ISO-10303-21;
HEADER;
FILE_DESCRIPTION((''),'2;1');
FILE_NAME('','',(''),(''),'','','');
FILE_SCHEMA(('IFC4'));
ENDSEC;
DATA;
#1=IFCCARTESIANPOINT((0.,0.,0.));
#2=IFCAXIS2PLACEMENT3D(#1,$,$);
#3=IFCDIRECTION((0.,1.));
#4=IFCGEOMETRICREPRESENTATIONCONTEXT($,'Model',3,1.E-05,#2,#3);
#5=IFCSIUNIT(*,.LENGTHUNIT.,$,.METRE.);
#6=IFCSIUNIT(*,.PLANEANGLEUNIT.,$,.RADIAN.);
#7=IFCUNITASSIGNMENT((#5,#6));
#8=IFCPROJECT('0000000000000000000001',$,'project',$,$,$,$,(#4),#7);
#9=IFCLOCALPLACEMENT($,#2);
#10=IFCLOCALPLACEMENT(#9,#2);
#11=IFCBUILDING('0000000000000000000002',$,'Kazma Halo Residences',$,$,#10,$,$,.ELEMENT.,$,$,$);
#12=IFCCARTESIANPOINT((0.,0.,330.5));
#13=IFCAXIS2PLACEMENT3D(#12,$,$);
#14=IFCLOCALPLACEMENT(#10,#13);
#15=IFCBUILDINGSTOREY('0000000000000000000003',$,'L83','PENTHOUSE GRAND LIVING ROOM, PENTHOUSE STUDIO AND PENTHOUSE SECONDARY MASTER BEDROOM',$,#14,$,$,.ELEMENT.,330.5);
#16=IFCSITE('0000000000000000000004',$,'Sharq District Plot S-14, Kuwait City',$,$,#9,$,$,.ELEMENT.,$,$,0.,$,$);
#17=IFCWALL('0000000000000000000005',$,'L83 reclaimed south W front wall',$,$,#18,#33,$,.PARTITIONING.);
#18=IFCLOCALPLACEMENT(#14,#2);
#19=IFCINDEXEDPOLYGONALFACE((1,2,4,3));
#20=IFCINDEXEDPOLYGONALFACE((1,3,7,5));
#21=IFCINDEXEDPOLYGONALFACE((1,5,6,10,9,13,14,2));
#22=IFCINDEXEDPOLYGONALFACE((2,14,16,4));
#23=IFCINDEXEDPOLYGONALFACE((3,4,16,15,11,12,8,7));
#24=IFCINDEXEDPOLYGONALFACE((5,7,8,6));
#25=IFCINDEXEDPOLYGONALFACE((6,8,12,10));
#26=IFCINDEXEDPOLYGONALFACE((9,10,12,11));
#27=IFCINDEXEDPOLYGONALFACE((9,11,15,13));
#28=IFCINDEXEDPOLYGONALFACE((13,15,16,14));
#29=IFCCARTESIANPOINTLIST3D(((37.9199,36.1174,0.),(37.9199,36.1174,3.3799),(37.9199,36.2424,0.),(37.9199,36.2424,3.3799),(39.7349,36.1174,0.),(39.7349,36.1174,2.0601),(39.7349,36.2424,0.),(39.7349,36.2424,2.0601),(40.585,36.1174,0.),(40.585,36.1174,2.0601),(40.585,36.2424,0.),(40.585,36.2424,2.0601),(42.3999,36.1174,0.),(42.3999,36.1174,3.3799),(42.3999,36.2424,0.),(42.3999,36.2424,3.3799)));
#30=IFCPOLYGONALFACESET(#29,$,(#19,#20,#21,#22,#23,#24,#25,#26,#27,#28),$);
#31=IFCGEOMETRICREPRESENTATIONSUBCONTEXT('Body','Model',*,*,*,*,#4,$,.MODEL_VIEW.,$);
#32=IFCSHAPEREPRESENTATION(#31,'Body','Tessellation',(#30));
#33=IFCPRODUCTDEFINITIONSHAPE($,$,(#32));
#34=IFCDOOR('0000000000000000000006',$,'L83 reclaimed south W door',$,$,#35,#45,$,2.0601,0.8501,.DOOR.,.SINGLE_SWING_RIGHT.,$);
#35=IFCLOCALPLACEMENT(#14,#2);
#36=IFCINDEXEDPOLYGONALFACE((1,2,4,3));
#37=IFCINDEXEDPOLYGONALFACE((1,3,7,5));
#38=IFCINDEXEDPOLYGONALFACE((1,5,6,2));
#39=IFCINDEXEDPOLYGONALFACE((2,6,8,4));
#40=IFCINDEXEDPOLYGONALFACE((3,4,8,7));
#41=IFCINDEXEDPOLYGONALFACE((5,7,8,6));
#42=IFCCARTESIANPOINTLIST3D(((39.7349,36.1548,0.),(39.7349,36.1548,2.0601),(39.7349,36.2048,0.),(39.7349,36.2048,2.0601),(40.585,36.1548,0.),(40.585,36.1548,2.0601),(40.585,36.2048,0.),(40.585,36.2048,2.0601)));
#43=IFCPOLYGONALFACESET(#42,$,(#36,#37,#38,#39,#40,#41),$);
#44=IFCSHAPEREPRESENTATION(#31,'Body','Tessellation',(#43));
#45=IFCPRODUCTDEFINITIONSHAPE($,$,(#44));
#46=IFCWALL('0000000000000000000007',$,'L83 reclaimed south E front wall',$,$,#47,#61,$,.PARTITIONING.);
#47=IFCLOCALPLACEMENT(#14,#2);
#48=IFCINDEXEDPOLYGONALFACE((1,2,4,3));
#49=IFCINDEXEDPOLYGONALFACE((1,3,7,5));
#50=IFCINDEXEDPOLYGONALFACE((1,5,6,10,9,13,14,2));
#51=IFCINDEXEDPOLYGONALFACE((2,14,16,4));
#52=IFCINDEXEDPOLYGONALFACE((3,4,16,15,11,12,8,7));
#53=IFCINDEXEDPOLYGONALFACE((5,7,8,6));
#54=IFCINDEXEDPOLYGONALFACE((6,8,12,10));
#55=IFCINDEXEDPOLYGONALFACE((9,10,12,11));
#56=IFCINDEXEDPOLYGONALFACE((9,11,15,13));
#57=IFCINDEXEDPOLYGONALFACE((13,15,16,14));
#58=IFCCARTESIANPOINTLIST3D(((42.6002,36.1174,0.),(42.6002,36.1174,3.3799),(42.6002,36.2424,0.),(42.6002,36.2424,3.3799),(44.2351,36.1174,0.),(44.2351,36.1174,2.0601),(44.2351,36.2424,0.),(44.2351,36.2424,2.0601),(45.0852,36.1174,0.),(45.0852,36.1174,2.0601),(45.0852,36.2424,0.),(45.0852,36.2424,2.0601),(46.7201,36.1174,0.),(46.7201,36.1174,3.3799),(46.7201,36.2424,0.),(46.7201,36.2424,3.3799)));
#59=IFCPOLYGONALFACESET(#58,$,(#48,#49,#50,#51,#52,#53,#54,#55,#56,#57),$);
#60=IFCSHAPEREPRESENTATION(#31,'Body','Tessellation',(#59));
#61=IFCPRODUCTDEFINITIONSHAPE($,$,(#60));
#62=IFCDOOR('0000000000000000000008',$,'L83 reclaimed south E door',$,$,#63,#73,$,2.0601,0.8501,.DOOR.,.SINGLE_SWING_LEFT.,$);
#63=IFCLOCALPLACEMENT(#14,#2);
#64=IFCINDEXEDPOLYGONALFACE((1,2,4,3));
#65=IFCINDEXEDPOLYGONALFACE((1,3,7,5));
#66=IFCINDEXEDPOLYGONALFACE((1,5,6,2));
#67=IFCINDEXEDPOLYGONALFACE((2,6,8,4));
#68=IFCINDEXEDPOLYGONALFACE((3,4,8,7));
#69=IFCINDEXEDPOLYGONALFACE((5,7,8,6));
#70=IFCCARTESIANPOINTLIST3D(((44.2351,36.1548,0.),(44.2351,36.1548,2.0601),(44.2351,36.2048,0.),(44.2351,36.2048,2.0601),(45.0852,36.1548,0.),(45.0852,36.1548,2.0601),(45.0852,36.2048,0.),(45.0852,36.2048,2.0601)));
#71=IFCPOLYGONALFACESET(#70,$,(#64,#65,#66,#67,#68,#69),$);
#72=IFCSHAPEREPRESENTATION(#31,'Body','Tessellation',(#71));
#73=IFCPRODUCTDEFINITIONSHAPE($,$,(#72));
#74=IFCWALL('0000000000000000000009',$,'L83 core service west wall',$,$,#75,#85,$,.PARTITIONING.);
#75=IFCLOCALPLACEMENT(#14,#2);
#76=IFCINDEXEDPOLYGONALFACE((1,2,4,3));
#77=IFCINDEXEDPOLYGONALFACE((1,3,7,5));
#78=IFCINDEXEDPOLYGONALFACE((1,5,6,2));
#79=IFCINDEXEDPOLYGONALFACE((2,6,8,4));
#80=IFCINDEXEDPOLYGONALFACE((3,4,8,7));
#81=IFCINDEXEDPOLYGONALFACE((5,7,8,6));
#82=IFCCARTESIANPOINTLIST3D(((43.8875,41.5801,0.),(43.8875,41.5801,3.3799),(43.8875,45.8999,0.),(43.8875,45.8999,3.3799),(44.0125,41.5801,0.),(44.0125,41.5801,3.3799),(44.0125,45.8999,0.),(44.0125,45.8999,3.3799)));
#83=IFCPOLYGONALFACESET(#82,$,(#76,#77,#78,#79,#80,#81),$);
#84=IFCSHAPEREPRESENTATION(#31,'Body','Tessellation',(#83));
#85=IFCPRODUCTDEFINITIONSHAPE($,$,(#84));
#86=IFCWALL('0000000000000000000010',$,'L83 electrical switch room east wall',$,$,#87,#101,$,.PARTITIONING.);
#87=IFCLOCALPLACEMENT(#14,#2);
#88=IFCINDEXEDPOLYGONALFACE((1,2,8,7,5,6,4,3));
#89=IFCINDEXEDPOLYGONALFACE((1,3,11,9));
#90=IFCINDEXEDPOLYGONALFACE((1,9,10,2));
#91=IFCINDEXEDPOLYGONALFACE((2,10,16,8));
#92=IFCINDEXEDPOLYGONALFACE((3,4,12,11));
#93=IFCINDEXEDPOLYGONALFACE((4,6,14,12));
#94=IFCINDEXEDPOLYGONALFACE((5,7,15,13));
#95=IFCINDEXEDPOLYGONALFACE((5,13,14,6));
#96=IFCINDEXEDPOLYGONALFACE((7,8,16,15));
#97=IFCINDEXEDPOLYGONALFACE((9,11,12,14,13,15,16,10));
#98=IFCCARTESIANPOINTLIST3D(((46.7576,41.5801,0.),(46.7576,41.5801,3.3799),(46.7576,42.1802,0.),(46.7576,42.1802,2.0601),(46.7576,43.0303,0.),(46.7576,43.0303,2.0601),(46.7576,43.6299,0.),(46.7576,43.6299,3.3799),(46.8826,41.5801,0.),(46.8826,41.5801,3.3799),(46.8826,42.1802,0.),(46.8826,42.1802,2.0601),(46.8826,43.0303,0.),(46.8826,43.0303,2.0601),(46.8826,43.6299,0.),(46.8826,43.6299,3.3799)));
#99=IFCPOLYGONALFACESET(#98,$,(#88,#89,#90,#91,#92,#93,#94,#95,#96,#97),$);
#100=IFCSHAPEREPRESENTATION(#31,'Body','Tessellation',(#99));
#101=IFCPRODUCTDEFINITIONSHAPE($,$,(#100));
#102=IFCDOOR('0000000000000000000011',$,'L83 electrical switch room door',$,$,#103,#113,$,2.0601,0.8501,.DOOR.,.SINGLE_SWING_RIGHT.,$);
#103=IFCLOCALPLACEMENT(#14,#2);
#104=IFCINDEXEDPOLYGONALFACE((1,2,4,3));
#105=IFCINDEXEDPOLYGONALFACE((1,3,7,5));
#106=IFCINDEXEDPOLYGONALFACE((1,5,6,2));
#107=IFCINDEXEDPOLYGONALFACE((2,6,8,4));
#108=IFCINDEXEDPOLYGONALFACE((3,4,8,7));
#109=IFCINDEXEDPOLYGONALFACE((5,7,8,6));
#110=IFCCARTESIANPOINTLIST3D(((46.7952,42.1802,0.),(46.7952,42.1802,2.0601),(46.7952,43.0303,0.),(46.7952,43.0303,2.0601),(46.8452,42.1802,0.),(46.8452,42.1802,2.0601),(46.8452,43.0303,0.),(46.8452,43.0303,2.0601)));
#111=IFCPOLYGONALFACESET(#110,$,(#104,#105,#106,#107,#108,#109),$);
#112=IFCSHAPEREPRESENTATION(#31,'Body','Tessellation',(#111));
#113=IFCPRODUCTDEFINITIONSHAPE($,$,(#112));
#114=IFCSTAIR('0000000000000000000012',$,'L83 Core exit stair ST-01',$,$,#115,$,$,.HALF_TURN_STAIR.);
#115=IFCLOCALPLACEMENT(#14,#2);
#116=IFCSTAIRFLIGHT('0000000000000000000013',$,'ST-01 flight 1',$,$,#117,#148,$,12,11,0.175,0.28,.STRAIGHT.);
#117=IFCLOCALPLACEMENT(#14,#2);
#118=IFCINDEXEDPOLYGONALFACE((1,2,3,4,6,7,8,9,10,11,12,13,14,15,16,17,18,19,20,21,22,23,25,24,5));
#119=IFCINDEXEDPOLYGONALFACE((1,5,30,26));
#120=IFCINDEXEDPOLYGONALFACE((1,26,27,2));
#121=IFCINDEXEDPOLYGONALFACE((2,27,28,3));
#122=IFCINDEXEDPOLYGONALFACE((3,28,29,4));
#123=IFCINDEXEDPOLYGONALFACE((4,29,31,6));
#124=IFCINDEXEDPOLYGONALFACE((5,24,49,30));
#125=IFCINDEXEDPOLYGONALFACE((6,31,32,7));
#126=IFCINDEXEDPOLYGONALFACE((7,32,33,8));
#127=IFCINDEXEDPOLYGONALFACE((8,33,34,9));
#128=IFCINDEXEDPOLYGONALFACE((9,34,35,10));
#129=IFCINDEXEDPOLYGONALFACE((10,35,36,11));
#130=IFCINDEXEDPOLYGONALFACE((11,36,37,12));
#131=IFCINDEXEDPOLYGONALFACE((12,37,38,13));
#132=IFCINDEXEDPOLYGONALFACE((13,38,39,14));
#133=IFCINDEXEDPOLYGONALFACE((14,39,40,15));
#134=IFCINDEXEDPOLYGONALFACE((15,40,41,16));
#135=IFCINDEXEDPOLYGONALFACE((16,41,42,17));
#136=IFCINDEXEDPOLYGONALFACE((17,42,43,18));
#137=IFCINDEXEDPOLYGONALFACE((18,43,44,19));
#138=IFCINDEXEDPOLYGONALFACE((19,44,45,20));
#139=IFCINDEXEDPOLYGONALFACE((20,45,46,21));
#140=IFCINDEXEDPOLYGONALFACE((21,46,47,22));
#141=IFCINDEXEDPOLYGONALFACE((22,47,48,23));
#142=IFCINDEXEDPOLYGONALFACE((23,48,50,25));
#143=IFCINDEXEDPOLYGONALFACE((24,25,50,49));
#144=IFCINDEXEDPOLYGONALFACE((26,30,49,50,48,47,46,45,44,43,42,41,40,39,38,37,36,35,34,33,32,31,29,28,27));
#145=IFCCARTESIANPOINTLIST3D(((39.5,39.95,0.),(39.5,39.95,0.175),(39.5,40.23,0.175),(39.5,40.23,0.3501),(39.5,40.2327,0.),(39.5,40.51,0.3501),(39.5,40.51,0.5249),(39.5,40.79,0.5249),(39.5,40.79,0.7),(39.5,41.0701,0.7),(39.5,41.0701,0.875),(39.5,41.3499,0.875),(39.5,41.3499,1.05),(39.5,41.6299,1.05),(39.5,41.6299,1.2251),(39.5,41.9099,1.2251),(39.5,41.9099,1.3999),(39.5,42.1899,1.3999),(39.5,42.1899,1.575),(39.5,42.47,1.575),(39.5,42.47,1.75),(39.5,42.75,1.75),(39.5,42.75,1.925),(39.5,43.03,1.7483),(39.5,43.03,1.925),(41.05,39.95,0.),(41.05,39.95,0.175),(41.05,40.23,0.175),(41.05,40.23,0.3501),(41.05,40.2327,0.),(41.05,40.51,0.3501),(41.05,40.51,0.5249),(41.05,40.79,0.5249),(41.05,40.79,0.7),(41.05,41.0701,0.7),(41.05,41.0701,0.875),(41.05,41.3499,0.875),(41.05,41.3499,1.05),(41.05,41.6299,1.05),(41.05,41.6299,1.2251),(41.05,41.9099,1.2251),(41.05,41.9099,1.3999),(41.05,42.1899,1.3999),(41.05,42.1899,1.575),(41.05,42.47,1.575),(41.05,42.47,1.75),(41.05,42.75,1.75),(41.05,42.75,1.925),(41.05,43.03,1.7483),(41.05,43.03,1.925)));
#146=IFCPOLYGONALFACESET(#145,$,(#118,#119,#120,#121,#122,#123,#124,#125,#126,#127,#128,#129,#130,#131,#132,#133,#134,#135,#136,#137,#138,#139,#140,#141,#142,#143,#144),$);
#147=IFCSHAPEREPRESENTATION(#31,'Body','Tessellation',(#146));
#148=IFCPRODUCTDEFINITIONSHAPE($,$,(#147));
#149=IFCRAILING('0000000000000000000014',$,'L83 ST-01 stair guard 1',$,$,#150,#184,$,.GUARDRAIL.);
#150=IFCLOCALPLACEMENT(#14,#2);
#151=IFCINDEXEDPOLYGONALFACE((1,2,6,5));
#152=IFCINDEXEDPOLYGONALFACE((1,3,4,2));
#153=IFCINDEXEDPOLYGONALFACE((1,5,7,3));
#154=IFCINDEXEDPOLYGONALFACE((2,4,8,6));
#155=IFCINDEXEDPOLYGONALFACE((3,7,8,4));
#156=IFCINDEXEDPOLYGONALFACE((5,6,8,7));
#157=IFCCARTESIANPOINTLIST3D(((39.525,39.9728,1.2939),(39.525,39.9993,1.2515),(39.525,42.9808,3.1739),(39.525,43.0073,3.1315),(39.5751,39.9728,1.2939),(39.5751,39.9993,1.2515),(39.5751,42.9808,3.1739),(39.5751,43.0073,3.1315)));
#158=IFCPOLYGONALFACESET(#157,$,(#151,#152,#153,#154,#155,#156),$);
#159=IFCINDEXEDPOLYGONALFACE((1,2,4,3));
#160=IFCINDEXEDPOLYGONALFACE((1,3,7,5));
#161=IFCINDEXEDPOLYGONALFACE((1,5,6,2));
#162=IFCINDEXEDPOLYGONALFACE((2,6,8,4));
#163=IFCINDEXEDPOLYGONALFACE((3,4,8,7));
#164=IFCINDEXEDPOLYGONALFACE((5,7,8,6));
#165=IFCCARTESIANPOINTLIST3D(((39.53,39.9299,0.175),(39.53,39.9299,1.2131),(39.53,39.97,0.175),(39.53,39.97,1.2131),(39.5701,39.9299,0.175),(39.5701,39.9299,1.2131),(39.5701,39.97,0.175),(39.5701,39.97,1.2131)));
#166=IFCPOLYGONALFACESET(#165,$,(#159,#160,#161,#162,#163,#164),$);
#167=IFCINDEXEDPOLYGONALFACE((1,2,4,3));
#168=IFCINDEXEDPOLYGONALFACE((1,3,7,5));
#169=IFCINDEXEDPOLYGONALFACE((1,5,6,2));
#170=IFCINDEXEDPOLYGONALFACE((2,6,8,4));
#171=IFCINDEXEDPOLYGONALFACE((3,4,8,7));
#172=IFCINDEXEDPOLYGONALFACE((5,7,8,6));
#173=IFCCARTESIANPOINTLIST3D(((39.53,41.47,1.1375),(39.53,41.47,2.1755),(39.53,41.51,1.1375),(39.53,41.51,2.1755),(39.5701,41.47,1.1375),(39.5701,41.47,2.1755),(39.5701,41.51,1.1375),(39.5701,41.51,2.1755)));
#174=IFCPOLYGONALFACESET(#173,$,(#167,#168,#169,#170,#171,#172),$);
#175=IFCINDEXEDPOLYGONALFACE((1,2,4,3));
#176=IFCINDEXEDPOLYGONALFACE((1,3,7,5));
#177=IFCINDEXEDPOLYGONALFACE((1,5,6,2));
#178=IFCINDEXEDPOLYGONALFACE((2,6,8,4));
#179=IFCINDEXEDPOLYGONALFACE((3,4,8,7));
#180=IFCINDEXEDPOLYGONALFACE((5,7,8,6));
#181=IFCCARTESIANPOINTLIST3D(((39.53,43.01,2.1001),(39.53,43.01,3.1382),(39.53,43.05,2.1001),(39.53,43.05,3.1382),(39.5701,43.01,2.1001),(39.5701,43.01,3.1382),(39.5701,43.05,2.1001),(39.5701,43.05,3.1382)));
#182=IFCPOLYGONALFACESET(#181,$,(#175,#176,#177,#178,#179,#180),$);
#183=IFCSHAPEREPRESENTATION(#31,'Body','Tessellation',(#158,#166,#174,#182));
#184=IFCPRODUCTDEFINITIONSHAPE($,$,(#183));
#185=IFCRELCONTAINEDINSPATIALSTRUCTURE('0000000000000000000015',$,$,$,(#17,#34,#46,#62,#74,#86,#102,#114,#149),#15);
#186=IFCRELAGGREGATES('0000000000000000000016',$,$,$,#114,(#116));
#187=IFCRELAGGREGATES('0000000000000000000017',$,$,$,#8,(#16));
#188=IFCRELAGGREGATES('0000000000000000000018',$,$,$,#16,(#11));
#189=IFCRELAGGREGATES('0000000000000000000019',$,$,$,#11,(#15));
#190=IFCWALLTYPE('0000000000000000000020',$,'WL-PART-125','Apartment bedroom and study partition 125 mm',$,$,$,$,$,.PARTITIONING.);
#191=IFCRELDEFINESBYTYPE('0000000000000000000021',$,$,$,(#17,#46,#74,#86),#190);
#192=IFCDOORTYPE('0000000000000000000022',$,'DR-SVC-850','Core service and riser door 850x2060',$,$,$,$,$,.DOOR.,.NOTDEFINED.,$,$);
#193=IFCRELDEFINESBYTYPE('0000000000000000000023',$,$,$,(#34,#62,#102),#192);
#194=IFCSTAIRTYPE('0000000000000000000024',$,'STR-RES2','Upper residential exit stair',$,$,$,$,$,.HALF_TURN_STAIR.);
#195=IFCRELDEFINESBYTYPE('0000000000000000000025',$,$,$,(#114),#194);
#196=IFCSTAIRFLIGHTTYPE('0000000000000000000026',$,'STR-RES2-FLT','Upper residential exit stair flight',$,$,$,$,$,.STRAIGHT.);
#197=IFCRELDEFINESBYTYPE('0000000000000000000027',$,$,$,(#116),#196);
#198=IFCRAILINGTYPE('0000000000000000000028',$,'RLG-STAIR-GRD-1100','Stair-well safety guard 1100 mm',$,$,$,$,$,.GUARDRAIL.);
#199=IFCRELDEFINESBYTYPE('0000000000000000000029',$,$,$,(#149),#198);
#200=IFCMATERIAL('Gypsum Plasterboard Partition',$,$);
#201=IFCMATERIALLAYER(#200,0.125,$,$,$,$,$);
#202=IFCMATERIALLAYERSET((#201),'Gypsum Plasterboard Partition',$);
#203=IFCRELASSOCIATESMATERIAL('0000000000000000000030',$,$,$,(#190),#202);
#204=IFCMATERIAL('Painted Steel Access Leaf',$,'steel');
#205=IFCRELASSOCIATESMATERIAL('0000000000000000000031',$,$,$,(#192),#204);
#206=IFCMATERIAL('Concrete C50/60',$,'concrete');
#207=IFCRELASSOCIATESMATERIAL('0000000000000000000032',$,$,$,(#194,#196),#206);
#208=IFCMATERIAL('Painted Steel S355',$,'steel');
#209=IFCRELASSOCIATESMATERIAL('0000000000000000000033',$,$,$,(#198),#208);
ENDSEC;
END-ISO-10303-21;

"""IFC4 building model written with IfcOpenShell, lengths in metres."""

from ifc_helpers import new_model, si_unit, direction, frame, frame_2d, origin, origin_2d, place, context, subcontext, project, spatial, polyline, rectangle, outline, extrude, material, layer, layer_set, type_object, element, fill, aggregate, save


model = new_model("IFC4")

# Units and contexts
model_context = context("Model", 3, precision=1e-05, world=origin(), true_north=direction((0.0, 1.0)))
body_context = subcontext(model_context, "Body", "Model", "MODEL_VIEW")
ifc_project = project(units=[si_unit("LENGTHUNIT", "METRE"), si_unit("PLANEANGLEUNIT", "RADIAN")], contexts=[model_context])

# Site, building, storey
site_placement = place(None, origin())
site = spatial("IfcSite", under=ifc_project, at=site_placement, Name="Sharq District Plot S-14, Kuwait City", CompositionType="ELEMENT", RefElevation=0.0)
building_placement = place(site_placement, origin())
building = spatial("IfcBuilding", under=site, at=building_placement, Name="Kazma Halo Residences", CompositionType="ELEMENT")
storey_placement = place(building_placement, frame((0.0, 0.0, 330.5)))
storey = spatial("IfcBuildingStorey", under=building, at=storey_placement, Name="L83", Description="PENTHOUSE GRAND LIVING ROOM, PENTHOUSE STUDIO AND PENTHOUSE SECONDARY MASTER BEDROOM", CompositionType="ELEMENT", Elevation=330.5)

# Shared definitions
ifc_material_1 = material(Name="Gypsum Plasterboard Partition")
ifc_layer_1 = layer(ifc_material_1, 0.125)
ifc_layer_set_1 = layer_set([ifc_layer_1], Name="Gypsum Plasterboard Partition")
wall_type_1 = type_object("IfcWallType", Name="WL-PART-125", Description="Apartment bedroom and study partition 125 mm", PredefinedType="PARTITIONING", material=ifc_layer_set_1)

# Walls, openings, doors
wall_1_placement = place(storey_placement, frame((37.9199, 36.1799, 0.0), z_axis=(0.0, 0.0, 1.0), x_axis=(1.0, 0.0, 0.0)))
wall_1 = element("IfcWall", 1, at=wall_1_placement, inside=storey, type_object=wall_type_1, Name="L83 reclaimed south W front wall", PredefinedType="PARTITIONING", context=body_context, shape_type="SweptSolid", body=[
    extrude(rectangle(XDim=4.48, YDim=0.125, at=frame_2d((2.24, 0.0))), origin(), (0.0, 0.0, 1.0), 3.3799),
])
opening_1_placement = place(wall_1_placement, frame((1.8149, 0.0, 0.0)))
opening_1 = element("IfcOpeningElement", 2, at=opening_1_placement, cuts=wall_1, PredefinedType="OPENING", context=body_context, shape_type="SweptSolid", body=[
    extrude(rectangle(XDim=0.8501, YDim=2.0601, at=frame_2d((0.425, 1.03))), frame((0.0, 0.0725, 0.0), z_axis=(0.0, -1.0, 0.0), x_axis=(1.0, 0.0, 0.0)), (0.0, 0.0, 1.0), 0.145),
])
ifc_material_2 = material(Name="Painted Steel Access Leaf", Category="steel")
door_type_1 = type_object("IfcDoorType", Name="DR-SVC-850", Description="Core service and riser door 850x2060", OperationType="NOTDEFINED", PredefinedType="DOOR", material=ifc_material_2)
door_1_placement = place(opening_1_placement, origin())
door_1 = element("IfcDoor", 3, at=door_1_placement, inside=storey, type_object=door_type_1, Name="L83 reclaimed south W door", OperationType="SINGLE_SWING_RIGHT", OverallHeight=2.0601, OverallWidth=0.8501, PredefinedType="DOOR", context=body_context, shape_type="SweptSolid", body=[
    extrude(rectangle(XDim=0.8501, YDim=2.0601, at=frame_2d((0.425, 1.03))), frame((0.0, 0.0249, 0.0), z_axis=(0.0, -1.0, 0.0), x_axis=(1.0, 0.0, 0.0)), (0.0, 0.0, 1.0), 0.05),
])
fill(opening_1, door_1)
wall_2_placement = place(storey_placement, frame((42.6001, 36.1799, 0.0), z_axis=(0.0, 0.0, 1.0), x_axis=(1.0, 0.0, 0.0)))
wall_2 = element("IfcWall", 4, at=wall_2_placement, inside=storey, type_object=wall_type_1, Name="L83 reclaimed south E front wall", PredefinedType="PARTITIONING", context=body_context, shape_type="SweptSolid", body=[
    extrude(rectangle(XDim=4.1199, YDim=0.125, at=frame_2d((2.0601, 0.0))), origin(), (0.0, 0.0, 1.0), 3.3799),
])
opening_2_placement = place(wall_2_placement, frame((1.635, 0.0, 0.0)))
opening_2 = element("IfcOpeningElement", 5, at=opening_2_placement, cuts=wall_2, PredefinedType="OPENING", context=body_context, shape_type="SweptSolid", body=[
    extrude(rectangle(XDim=0.8501, YDim=2.0601, at=frame_2d((0.425, 1.03))), frame((0.0, 0.0725, 0.0), z_axis=(0.0, -1.0, 0.0), x_axis=(1.0, 0.0, 0.0)), (0.0, 0.0, 1.0), 0.145),
])
door_2_placement = place(opening_2_placement, origin())
door_2 = element("IfcDoor", 6, at=door_2_placement, inside=storey, type_object=door_type_1, Name="L83 reclaimed south E door", OperationType="SINGLE_SWING_LEFT", OverallHeight=2.0601, OverallWidth=0.8501, PredefinedType="DOOR", context=body_context, shape_type="SweptSolid", body=[
    extrude(rectangle(XDim=0.8501, YDim=2.0601, at=frame_2d((0.425, 1.03))), frame((0.0, 0.0249, 0.0), z_axis=(0.0, -1.0, 0.0), x_axis=(1.0, 0.0, 0.0)), (0.0, 0.0, 1.0), 0.05),
])
fill(opening_2, door_2)

# Wall
wall_3_placement = place(storey_placement, frame((43.95, 41.5801, 0.0), z_axis=(0.0, 0.0, 1.0), x_axis=(0.0, 1.0, 0.0)))
element("IfcWall", 7, at=wall_3_placement, inside=storey, type_object=wall_type_1, Name="L83 core service west wall", PredefinedType="PARTITIONING", context=body_context, shape_type="SweptSolid", body=[
    extrude(rectangle(XDim=4.3198, YDim=0.125, at=frame_2d((2.1599, 0.0))), origin(), (0.0, 0.0, 1.0), 3.3799),
])

# Wall, opening, door
wall_4_placement = place(storey_placement, frame((46.8201, 41.5801, 0.0), z_axis=(0.0, 0.0, 1.0), x_axis=(0.0, 1.0, 0.0)))
wall_4 = element("IfcWall", 8, at=wall_4_placement, inside=storey, type_object=wall_type_1, Name="L83 electrical switch room east wall", PredefinedType="PARTITIONING", context=body_context, shape_type="SweptSolid", body=[
    extrude(rectangle(XDim=2.0498, YDim=0.125, at=frame_2d((1.0249, 0.0))), origin(), (0.0, 0.0, 1.0), 3.3799),
])
opening_3_placement = place(wall_4_placement, frame((0.6001, 0.0, 0.0)))
opening_3 = element("IfcOpeningElement", 9, at=opening_3_placement, cuts=wall_4, PredefinedType="OPENING", context=body_context, shape_type="SweptSolid", body=[
    extrude(rectangle(XDim=0.8501, YDim=2.0601, at=frame_2d((0.425, 1.03))), frame((0.0, 0.0725, 0.0), z_axis=(0.0, -1.0, 0.0), x_axis=(1.0, 0.0, 0.0)), (0.0, 0.0, 1.0), 0.145),
])
door_3_placement = place(opening_3_placement, origin())
door_3 = element("IfcDoor", 10, at=door_3_placement, inside=storey, type_object=door_type_1, Name="L83 electrical switch room door", OperationType="SINGLE_SWING_RIGHT", OverallHeight=2.0601, OverallWidth=0.8501, PredefinedType="DOOR", context=body_context, shape_type="SweptSolid", body=[
    extrude(rectangle(XDim=0.8501, YDim=2.0601, at=frame_2d((0.425, 1.03))), frame((0.0, 0.0249, 0.0), z_axis=(0.0, -1.0, 0.0), x_axis=(1.0, 0.0, 0.0)), (0.0, 0.0, 1.0), 0.05),
])
fill(opening_3, door_3)
ifc_material_3 = material(Name="Concrete C50/60", Category="concrete")

# Stair, stair flight
stair_type = type_object("IfcStairType", Name="STR-RES2", Description="Upper residential exit stair", PredefinedType="HALF_TURN_STAIR", material=ifc_material_3)
stair_placement = place(storey_placement, origin())
stair = element("IfcStair", 11, at=stair_placement, inside=storey, type_object=stair_type, Name="L83 Core exit stair ST-01", PredefinedType="HALF_TURN_STAIR")
stair_flight_type = type_object("IfcStairFlightType", Name="STR-RES2-FLT", Description="Upper residential exit stair flight", PredefinedType="STRAIGHT", material=ifc_material_3)
stair_flight_placement = place(storey_placement, frame((40.2749, 39.95, 0.0), z_axis=(0.0, 0.0, 1.0), x_axis=(0.0, 1.0, 0.0)))
stair_flight = element("IfcStairFlight", 12, at=stair_flight_placement, type_object=stair_flight_type, Name="ST-01 flight 1", NumberOfRisers=12, NumberOfTreads=11, PredefinedType="STRAIGHT", RiserHeight=0.175, TreadLength=0.28, context=body_context, shape_type="SweptSolid", body=[
    extrude(outline(polyline([(0.0, 0.0), (0.0, 0.175), (0.28, 0.175), (0.28, 0.3501), (0.5601, 0.3501), (0.5601, 0.5249), (0.8401, 0.5249), (0.8401, 0.7), (1.1201, 0.7), (1.1201, 0.875), (1.3999, 0.875), (1.3999, 1.05), (1.6799, 1.05), (1.6799, 1.2251), (1.96, 1.2251), (1.96, 1.3999), (2.24, 1.3999), (2.24, 1.575), (2.52, 1.575), (2.52, 1.75), (2.8, 1.75), (2.8, 1.925), (3.0801, 1.925), (3.0801, 2.1001), (3.0801, 1.7483), (0.2827, 0.0), (0.0, 0.0)])), frame((0.0, 0.7749, 0.0), z_axis=(0.0, -1.0, 0.0), x_axis=(1.0, 0.0, 0.0)), (0.0, 0.0, 1.0), 1.55),
])
aggregate(stair, [stair_flight])

# Railing
ifc_material_4 = material(Name="Painted Steel S355", Category="steel")
railing_type_1 = type_object("IfcRailingType", Name="RLG-STAIR-GRD-1100", Description="Stair-well safety guard 1100 mm", PredefinedType="GUARDRAIL", material=ifc_material_4)
railing_1_placement = place(storey_placement, frame((39.55, 39.95, 0.175)))
element("IfcRailing", 13, at=railing_1_placement, inside=storey, type_object=railing_type_1, Name="L83 ST-01 stair guard 1", PredefinedType="GUARDRAIL", context=body_context, shape_type="SweptSolid", body=[
    extrude(rectangle(XDim=0.05, YDim=0.05, at=origin_2d()), frame((0.0, 0.0361, 1.0977), z_axis=(0.0, 0.847998, 0.529999), x_axis=(-1.0, 0.0, 0.0)), (0.0, 0.0, 1.0), 3.5471),
    extrude(rectangle(XDim=0.04, YDim=0.04, at=origin_2d()), origin(), (0.0, 0.0, 1.0), 1.0381),
    extrude(rectangle(XDim=0.04, YDim=0.04, at=origin_2d()), frame((0.0, 1.54, 0.9624)), (0.0, 0.0, 1.0), 1.0381),
    extrude(rectangle(XDim=0.04, YDim=0.04, at=origin_2d()), frame((0.0, 3.0801, 1.925)), (0.0, 0.0, 1.0), 1.0381),
])

save(model, "model.ifc")
